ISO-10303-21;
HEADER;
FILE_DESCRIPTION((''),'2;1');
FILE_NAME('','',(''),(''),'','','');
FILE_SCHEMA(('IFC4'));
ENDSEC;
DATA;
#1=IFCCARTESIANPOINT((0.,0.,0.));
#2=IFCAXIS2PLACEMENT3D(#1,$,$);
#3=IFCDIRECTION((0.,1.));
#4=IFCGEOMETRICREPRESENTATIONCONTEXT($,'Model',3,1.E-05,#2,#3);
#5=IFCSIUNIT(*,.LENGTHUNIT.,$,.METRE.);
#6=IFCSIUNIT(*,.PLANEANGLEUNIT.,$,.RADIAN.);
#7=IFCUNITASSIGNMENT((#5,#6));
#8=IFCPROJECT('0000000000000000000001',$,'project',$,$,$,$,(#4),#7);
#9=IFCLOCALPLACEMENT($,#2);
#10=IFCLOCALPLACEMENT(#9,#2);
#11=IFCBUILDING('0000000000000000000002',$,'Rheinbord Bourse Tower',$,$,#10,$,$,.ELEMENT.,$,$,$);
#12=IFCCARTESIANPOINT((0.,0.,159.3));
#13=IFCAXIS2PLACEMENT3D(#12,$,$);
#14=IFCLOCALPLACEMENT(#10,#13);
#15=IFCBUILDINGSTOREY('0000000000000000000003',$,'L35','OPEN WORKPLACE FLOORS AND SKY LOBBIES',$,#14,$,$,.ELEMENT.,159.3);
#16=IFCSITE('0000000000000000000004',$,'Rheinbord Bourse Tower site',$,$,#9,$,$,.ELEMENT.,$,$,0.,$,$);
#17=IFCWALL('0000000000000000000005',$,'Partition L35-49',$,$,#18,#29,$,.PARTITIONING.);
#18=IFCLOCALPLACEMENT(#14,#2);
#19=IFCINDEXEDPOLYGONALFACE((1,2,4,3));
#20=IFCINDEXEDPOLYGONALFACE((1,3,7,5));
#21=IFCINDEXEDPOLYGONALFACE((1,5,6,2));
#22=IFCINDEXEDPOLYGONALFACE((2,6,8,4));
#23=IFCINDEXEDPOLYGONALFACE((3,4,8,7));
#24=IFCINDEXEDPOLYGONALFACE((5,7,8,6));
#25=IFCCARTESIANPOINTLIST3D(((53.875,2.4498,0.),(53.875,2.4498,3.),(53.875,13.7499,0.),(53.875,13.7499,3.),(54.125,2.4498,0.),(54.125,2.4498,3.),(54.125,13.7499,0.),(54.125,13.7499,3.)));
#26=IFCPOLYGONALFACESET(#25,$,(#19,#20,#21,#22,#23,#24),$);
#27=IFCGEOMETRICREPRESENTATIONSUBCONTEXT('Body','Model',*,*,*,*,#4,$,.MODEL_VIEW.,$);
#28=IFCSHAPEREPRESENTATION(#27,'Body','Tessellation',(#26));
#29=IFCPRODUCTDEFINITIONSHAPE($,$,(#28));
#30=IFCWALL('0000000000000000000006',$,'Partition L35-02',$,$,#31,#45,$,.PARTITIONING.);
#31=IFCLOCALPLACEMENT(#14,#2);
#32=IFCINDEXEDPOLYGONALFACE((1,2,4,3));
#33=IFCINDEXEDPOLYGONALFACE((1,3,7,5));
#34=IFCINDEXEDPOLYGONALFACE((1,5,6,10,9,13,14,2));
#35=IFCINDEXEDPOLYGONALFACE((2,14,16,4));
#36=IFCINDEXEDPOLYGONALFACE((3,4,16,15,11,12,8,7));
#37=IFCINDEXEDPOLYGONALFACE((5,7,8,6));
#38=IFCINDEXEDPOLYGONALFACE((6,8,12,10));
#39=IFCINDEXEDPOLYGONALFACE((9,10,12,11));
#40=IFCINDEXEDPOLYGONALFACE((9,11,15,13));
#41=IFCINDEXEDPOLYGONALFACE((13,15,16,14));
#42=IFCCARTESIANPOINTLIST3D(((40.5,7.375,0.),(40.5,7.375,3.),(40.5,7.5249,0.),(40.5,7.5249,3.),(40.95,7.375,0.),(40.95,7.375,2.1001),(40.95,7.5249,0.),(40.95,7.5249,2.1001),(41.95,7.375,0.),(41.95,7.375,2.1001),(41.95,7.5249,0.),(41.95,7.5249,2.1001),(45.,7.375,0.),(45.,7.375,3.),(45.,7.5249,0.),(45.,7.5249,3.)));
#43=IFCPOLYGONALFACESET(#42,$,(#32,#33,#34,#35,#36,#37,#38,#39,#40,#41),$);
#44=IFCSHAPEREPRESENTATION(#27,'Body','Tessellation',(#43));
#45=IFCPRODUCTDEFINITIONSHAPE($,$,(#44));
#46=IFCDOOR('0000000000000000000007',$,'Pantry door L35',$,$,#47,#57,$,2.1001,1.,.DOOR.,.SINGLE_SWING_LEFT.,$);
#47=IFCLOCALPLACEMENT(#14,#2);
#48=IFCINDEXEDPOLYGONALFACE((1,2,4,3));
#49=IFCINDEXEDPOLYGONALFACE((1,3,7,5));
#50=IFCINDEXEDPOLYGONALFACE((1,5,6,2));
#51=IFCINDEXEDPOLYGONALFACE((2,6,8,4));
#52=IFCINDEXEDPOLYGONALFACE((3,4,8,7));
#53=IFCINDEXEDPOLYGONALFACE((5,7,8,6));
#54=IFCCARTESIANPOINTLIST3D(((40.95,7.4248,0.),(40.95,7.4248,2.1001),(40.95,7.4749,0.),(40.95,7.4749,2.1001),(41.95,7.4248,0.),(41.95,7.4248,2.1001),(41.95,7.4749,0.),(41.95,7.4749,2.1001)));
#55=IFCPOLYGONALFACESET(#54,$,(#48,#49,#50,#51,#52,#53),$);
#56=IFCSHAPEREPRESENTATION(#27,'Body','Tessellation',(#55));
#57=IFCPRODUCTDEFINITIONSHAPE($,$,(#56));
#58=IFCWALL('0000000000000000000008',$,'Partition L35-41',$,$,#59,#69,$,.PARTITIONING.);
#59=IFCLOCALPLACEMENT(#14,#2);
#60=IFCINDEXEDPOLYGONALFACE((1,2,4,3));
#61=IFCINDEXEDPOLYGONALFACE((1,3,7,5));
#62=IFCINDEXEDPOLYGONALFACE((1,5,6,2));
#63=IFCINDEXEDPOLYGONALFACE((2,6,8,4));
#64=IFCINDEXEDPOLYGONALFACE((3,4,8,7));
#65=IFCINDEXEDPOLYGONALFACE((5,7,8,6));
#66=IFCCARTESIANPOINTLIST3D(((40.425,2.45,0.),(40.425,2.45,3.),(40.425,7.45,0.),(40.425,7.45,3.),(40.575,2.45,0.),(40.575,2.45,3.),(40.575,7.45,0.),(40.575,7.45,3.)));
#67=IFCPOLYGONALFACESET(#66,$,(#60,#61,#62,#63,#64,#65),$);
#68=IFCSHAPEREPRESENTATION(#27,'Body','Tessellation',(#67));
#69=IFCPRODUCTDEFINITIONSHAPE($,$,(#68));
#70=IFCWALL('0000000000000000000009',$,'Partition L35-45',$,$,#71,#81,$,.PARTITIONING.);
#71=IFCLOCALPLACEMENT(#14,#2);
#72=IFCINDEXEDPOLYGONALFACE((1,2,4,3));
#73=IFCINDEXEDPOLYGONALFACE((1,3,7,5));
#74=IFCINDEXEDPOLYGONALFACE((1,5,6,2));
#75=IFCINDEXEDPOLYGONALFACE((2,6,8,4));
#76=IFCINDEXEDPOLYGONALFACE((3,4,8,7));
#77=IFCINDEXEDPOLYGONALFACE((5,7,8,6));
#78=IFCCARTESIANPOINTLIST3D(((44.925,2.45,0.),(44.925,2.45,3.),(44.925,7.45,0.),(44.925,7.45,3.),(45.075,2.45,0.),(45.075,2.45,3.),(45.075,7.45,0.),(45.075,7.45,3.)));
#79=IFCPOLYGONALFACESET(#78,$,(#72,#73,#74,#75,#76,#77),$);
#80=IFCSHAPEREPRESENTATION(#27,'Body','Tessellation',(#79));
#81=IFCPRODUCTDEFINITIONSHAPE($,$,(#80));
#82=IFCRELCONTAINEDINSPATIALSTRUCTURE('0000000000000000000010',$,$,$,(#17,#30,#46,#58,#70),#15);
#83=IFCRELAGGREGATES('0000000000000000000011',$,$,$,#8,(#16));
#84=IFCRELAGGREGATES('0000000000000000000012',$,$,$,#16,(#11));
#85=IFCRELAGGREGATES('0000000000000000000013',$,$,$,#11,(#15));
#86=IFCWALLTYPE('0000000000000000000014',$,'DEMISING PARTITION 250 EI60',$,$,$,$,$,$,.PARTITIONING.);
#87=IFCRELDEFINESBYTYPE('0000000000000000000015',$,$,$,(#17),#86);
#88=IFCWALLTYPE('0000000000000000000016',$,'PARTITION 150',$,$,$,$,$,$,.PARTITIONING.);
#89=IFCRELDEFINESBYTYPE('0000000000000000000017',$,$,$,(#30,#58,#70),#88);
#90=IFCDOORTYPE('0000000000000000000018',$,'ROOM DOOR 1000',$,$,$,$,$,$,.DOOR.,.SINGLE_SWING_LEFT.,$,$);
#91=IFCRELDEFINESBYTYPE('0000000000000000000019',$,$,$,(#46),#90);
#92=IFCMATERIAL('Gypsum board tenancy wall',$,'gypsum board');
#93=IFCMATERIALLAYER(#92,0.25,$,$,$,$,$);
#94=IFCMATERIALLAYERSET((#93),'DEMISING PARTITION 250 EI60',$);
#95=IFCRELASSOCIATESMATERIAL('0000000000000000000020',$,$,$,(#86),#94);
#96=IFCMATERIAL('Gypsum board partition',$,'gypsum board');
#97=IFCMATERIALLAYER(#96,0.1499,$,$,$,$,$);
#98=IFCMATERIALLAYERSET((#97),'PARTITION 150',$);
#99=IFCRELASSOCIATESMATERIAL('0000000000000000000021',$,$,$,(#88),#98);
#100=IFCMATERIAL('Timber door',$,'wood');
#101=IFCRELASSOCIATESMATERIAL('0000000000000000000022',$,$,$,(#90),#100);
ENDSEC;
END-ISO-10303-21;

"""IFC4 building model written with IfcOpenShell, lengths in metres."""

from ifc_helpers import new_model, si_unit, direction, frame, frame_2d, origin, place, context, subcontext, project, spatial, rectangle, extrude, material, layer, layer_set, type_object, element, fill, save


model = new_model("IFC4")

# Units and contexts
model_context = context("Model", 3, precision=1e-05, world=origin(), true_north=direction((0.0, 1.0)))
body_context = subcontext(model_context, "Body", "Model", "MODEL_VIEW")
ifc_project = project(units=[si_unit("LENGTHUNIT", "METRE"), si_unit("PLANEANGLEUNIT", "RADIAN")], contexts=[model_context])

# Site, building, storey
site_placement = place(None, origin())
site = spatial("IfcSite", under=ifc_project, at=site_placement, Name="Rheinbord Bourse Tower site", CompositionType="ELEMENT", RefElevation=0.0)
building_placement = place(site_placement, origin())
building = spatial("IfcBuilding", under=site, at=building_placement, Name="Rheinbord Bourse Tower", CompositionType="ELEMENT")
storey_placement = place(building_placement, frame((0.0, 0.0, 159.3)))
storey = spatial("IfcBuildingStorey", under=building, at=storey_placement, Name="L35", Description="OPEN WORKPLACE FLOORS AND SKY LOBBIES", CompositionType="ELEMENT", Elevation=159.3)

# Wall
ifc_material_1 = material(Name="Gypsum board tenancy wall", Category="gypsum board")
ifc_layer_1 = layer(ifc_material_1, 0.25)
ifc_layer_set_1 = layer_set([ifc_layer_1], Name="DEMISING PARTITION 250 EI60")
wall_type_1 = type_object("IfcWallType", Name="DEMISING PARTITION 250 EI60", PredefinedType="PARTITIONING", material=ifc_layer_set_1)
wall_1_placement = place(storey_placement, frame((54.0, 2.45, 0.0), z_axis=(0.0, 0.0, 1.0), x_axis=(0.0, 1.0, 0.0)))
element("IfcWall", 1, at=wall_1_placement, inside=storey, type_object=wall_type_1, Name="Partition L35-49", PredefinedType="PARTITIONING", context=body_context, shape_type="SweptSolid", body=[
    extrude(rectangle(XDim=11.3, YDim=0.25, at=frame_2d((5.6499, 0.0))), origin(), (0.0, 0.0, 1.0), 3.0),
])

# Wall, opening, door
ifc_material_2 = material(Name="Gypsum board partition", Category="gypsum board")
ifc_layer_2 = layer(ifc_material_2, 0.1499)
ifc_layer_set_2 = layer_set([ifc_layer_2], Name="PARTITION 150")
wall_type_2 = type_object("IfcWallType", Name="PARTITION 150", PredefinedType="PARTITIONING", material=ifc_layer_set_2)
wall_2_placement = place(storey_placement, frame((40.5, 7.45, 0.0), z_axis=(0.0, 0.0, 1.0), x_axis=(1.0, 0.0, 0.0)))
wall_2 = element("IfcWall", 2, at=wall_2_placement, inside=storey, type_object=wall_type_2, Name="Partition L35-02", PredefinedType="PARTITIONING", context=body_context, shape_type="SweptSolid", body=[
    extrude(rectangle(XDim=4.5, YDim=0.1499, at=frame_2d((2.25, 0.0))), origin(), (0.0, 0.0, 1.0), 3.0),
])
opening_placement = place(wall_2_placement, frame((0.45, 0.0, 0.0)))
opening = element("IfcOpeningElement", 3, at=opening_placement, cuts=wall_2, PredefinedType="OPENING", context=body_context, shape_type="SweptSolid", body=[
    extrude(rectangle(XDim=1.0, YDim=2.1001, at=frame_2d((0.5, 1.05))), frame((0.0, 0.085, 0.0), z_axis=(0.0, -1.0, 0.0), x_axis=(1.0, 0.0, 0.0)), (0.0, 0.0, 1.0), 0.1699),
])
ifc_material_3 = material(Name="Timber door", Category="wood")
door_type = type_object("IfcDoorType", Name="ROOM DOOR 1000", OperationType="SINGLE_SWING_LEFT", PredefinedType="DOOR", material=ifc_material_3)
door_placement = place(opening_placement, origin())
door = element("IfcDoor", 4, at=door_placement, inside=storey, type_object=door_type, Name="Pantry door L35", OperationType="SINGLE_SWING_LEFT", OverallHeight=2.1001, OverallWidth=1.0, PredefinedType="DOOR", context=body_context, shape_type="SweptSolid", body=[
    extrude(rectangle(XDim=1.0, YDim=2.1001, at=frame_2d((0.5, 1.05))), frame((0.0, 0.0249, 0.0), z_axis=(0.0, -1.0, 0.0), x_axis=(1.0, 0.0, 0.0)), (0.0, 0.0, 1.0), 0.05),
])
fill(opening, door)

# Walls
for number, where, z_axis, x_axis, name in (
    (5, (40.5, 2.45, 0.0), (0.0, 0.0, 1.0), (0.0, 1.0, 0.0), "Partition L35-41"),
    (6, (45.0, 2.45, 0.0), (0.0, 0.0, 1.0), (0.0, 1.0, 0.0), "Partition L35-45"),
):
    element("IfcWall", number, at=place(storey_placement, frame(where, z_axis=z_axis, x_axis=x_axis)), inside=storey, type_object=wall_type_2, Name=name, PredefinedType="PARTITIONING", context=body_context, shape_type="SweptSolid", body=[
        extrude(rectangle(XDim=5.0, YDim=0.1499, at=frame_2d((2.5, 0.0))), origin(), (0.0, 0.0, 1.0), 3.0),
    ])

save(model, "model.ifc")
